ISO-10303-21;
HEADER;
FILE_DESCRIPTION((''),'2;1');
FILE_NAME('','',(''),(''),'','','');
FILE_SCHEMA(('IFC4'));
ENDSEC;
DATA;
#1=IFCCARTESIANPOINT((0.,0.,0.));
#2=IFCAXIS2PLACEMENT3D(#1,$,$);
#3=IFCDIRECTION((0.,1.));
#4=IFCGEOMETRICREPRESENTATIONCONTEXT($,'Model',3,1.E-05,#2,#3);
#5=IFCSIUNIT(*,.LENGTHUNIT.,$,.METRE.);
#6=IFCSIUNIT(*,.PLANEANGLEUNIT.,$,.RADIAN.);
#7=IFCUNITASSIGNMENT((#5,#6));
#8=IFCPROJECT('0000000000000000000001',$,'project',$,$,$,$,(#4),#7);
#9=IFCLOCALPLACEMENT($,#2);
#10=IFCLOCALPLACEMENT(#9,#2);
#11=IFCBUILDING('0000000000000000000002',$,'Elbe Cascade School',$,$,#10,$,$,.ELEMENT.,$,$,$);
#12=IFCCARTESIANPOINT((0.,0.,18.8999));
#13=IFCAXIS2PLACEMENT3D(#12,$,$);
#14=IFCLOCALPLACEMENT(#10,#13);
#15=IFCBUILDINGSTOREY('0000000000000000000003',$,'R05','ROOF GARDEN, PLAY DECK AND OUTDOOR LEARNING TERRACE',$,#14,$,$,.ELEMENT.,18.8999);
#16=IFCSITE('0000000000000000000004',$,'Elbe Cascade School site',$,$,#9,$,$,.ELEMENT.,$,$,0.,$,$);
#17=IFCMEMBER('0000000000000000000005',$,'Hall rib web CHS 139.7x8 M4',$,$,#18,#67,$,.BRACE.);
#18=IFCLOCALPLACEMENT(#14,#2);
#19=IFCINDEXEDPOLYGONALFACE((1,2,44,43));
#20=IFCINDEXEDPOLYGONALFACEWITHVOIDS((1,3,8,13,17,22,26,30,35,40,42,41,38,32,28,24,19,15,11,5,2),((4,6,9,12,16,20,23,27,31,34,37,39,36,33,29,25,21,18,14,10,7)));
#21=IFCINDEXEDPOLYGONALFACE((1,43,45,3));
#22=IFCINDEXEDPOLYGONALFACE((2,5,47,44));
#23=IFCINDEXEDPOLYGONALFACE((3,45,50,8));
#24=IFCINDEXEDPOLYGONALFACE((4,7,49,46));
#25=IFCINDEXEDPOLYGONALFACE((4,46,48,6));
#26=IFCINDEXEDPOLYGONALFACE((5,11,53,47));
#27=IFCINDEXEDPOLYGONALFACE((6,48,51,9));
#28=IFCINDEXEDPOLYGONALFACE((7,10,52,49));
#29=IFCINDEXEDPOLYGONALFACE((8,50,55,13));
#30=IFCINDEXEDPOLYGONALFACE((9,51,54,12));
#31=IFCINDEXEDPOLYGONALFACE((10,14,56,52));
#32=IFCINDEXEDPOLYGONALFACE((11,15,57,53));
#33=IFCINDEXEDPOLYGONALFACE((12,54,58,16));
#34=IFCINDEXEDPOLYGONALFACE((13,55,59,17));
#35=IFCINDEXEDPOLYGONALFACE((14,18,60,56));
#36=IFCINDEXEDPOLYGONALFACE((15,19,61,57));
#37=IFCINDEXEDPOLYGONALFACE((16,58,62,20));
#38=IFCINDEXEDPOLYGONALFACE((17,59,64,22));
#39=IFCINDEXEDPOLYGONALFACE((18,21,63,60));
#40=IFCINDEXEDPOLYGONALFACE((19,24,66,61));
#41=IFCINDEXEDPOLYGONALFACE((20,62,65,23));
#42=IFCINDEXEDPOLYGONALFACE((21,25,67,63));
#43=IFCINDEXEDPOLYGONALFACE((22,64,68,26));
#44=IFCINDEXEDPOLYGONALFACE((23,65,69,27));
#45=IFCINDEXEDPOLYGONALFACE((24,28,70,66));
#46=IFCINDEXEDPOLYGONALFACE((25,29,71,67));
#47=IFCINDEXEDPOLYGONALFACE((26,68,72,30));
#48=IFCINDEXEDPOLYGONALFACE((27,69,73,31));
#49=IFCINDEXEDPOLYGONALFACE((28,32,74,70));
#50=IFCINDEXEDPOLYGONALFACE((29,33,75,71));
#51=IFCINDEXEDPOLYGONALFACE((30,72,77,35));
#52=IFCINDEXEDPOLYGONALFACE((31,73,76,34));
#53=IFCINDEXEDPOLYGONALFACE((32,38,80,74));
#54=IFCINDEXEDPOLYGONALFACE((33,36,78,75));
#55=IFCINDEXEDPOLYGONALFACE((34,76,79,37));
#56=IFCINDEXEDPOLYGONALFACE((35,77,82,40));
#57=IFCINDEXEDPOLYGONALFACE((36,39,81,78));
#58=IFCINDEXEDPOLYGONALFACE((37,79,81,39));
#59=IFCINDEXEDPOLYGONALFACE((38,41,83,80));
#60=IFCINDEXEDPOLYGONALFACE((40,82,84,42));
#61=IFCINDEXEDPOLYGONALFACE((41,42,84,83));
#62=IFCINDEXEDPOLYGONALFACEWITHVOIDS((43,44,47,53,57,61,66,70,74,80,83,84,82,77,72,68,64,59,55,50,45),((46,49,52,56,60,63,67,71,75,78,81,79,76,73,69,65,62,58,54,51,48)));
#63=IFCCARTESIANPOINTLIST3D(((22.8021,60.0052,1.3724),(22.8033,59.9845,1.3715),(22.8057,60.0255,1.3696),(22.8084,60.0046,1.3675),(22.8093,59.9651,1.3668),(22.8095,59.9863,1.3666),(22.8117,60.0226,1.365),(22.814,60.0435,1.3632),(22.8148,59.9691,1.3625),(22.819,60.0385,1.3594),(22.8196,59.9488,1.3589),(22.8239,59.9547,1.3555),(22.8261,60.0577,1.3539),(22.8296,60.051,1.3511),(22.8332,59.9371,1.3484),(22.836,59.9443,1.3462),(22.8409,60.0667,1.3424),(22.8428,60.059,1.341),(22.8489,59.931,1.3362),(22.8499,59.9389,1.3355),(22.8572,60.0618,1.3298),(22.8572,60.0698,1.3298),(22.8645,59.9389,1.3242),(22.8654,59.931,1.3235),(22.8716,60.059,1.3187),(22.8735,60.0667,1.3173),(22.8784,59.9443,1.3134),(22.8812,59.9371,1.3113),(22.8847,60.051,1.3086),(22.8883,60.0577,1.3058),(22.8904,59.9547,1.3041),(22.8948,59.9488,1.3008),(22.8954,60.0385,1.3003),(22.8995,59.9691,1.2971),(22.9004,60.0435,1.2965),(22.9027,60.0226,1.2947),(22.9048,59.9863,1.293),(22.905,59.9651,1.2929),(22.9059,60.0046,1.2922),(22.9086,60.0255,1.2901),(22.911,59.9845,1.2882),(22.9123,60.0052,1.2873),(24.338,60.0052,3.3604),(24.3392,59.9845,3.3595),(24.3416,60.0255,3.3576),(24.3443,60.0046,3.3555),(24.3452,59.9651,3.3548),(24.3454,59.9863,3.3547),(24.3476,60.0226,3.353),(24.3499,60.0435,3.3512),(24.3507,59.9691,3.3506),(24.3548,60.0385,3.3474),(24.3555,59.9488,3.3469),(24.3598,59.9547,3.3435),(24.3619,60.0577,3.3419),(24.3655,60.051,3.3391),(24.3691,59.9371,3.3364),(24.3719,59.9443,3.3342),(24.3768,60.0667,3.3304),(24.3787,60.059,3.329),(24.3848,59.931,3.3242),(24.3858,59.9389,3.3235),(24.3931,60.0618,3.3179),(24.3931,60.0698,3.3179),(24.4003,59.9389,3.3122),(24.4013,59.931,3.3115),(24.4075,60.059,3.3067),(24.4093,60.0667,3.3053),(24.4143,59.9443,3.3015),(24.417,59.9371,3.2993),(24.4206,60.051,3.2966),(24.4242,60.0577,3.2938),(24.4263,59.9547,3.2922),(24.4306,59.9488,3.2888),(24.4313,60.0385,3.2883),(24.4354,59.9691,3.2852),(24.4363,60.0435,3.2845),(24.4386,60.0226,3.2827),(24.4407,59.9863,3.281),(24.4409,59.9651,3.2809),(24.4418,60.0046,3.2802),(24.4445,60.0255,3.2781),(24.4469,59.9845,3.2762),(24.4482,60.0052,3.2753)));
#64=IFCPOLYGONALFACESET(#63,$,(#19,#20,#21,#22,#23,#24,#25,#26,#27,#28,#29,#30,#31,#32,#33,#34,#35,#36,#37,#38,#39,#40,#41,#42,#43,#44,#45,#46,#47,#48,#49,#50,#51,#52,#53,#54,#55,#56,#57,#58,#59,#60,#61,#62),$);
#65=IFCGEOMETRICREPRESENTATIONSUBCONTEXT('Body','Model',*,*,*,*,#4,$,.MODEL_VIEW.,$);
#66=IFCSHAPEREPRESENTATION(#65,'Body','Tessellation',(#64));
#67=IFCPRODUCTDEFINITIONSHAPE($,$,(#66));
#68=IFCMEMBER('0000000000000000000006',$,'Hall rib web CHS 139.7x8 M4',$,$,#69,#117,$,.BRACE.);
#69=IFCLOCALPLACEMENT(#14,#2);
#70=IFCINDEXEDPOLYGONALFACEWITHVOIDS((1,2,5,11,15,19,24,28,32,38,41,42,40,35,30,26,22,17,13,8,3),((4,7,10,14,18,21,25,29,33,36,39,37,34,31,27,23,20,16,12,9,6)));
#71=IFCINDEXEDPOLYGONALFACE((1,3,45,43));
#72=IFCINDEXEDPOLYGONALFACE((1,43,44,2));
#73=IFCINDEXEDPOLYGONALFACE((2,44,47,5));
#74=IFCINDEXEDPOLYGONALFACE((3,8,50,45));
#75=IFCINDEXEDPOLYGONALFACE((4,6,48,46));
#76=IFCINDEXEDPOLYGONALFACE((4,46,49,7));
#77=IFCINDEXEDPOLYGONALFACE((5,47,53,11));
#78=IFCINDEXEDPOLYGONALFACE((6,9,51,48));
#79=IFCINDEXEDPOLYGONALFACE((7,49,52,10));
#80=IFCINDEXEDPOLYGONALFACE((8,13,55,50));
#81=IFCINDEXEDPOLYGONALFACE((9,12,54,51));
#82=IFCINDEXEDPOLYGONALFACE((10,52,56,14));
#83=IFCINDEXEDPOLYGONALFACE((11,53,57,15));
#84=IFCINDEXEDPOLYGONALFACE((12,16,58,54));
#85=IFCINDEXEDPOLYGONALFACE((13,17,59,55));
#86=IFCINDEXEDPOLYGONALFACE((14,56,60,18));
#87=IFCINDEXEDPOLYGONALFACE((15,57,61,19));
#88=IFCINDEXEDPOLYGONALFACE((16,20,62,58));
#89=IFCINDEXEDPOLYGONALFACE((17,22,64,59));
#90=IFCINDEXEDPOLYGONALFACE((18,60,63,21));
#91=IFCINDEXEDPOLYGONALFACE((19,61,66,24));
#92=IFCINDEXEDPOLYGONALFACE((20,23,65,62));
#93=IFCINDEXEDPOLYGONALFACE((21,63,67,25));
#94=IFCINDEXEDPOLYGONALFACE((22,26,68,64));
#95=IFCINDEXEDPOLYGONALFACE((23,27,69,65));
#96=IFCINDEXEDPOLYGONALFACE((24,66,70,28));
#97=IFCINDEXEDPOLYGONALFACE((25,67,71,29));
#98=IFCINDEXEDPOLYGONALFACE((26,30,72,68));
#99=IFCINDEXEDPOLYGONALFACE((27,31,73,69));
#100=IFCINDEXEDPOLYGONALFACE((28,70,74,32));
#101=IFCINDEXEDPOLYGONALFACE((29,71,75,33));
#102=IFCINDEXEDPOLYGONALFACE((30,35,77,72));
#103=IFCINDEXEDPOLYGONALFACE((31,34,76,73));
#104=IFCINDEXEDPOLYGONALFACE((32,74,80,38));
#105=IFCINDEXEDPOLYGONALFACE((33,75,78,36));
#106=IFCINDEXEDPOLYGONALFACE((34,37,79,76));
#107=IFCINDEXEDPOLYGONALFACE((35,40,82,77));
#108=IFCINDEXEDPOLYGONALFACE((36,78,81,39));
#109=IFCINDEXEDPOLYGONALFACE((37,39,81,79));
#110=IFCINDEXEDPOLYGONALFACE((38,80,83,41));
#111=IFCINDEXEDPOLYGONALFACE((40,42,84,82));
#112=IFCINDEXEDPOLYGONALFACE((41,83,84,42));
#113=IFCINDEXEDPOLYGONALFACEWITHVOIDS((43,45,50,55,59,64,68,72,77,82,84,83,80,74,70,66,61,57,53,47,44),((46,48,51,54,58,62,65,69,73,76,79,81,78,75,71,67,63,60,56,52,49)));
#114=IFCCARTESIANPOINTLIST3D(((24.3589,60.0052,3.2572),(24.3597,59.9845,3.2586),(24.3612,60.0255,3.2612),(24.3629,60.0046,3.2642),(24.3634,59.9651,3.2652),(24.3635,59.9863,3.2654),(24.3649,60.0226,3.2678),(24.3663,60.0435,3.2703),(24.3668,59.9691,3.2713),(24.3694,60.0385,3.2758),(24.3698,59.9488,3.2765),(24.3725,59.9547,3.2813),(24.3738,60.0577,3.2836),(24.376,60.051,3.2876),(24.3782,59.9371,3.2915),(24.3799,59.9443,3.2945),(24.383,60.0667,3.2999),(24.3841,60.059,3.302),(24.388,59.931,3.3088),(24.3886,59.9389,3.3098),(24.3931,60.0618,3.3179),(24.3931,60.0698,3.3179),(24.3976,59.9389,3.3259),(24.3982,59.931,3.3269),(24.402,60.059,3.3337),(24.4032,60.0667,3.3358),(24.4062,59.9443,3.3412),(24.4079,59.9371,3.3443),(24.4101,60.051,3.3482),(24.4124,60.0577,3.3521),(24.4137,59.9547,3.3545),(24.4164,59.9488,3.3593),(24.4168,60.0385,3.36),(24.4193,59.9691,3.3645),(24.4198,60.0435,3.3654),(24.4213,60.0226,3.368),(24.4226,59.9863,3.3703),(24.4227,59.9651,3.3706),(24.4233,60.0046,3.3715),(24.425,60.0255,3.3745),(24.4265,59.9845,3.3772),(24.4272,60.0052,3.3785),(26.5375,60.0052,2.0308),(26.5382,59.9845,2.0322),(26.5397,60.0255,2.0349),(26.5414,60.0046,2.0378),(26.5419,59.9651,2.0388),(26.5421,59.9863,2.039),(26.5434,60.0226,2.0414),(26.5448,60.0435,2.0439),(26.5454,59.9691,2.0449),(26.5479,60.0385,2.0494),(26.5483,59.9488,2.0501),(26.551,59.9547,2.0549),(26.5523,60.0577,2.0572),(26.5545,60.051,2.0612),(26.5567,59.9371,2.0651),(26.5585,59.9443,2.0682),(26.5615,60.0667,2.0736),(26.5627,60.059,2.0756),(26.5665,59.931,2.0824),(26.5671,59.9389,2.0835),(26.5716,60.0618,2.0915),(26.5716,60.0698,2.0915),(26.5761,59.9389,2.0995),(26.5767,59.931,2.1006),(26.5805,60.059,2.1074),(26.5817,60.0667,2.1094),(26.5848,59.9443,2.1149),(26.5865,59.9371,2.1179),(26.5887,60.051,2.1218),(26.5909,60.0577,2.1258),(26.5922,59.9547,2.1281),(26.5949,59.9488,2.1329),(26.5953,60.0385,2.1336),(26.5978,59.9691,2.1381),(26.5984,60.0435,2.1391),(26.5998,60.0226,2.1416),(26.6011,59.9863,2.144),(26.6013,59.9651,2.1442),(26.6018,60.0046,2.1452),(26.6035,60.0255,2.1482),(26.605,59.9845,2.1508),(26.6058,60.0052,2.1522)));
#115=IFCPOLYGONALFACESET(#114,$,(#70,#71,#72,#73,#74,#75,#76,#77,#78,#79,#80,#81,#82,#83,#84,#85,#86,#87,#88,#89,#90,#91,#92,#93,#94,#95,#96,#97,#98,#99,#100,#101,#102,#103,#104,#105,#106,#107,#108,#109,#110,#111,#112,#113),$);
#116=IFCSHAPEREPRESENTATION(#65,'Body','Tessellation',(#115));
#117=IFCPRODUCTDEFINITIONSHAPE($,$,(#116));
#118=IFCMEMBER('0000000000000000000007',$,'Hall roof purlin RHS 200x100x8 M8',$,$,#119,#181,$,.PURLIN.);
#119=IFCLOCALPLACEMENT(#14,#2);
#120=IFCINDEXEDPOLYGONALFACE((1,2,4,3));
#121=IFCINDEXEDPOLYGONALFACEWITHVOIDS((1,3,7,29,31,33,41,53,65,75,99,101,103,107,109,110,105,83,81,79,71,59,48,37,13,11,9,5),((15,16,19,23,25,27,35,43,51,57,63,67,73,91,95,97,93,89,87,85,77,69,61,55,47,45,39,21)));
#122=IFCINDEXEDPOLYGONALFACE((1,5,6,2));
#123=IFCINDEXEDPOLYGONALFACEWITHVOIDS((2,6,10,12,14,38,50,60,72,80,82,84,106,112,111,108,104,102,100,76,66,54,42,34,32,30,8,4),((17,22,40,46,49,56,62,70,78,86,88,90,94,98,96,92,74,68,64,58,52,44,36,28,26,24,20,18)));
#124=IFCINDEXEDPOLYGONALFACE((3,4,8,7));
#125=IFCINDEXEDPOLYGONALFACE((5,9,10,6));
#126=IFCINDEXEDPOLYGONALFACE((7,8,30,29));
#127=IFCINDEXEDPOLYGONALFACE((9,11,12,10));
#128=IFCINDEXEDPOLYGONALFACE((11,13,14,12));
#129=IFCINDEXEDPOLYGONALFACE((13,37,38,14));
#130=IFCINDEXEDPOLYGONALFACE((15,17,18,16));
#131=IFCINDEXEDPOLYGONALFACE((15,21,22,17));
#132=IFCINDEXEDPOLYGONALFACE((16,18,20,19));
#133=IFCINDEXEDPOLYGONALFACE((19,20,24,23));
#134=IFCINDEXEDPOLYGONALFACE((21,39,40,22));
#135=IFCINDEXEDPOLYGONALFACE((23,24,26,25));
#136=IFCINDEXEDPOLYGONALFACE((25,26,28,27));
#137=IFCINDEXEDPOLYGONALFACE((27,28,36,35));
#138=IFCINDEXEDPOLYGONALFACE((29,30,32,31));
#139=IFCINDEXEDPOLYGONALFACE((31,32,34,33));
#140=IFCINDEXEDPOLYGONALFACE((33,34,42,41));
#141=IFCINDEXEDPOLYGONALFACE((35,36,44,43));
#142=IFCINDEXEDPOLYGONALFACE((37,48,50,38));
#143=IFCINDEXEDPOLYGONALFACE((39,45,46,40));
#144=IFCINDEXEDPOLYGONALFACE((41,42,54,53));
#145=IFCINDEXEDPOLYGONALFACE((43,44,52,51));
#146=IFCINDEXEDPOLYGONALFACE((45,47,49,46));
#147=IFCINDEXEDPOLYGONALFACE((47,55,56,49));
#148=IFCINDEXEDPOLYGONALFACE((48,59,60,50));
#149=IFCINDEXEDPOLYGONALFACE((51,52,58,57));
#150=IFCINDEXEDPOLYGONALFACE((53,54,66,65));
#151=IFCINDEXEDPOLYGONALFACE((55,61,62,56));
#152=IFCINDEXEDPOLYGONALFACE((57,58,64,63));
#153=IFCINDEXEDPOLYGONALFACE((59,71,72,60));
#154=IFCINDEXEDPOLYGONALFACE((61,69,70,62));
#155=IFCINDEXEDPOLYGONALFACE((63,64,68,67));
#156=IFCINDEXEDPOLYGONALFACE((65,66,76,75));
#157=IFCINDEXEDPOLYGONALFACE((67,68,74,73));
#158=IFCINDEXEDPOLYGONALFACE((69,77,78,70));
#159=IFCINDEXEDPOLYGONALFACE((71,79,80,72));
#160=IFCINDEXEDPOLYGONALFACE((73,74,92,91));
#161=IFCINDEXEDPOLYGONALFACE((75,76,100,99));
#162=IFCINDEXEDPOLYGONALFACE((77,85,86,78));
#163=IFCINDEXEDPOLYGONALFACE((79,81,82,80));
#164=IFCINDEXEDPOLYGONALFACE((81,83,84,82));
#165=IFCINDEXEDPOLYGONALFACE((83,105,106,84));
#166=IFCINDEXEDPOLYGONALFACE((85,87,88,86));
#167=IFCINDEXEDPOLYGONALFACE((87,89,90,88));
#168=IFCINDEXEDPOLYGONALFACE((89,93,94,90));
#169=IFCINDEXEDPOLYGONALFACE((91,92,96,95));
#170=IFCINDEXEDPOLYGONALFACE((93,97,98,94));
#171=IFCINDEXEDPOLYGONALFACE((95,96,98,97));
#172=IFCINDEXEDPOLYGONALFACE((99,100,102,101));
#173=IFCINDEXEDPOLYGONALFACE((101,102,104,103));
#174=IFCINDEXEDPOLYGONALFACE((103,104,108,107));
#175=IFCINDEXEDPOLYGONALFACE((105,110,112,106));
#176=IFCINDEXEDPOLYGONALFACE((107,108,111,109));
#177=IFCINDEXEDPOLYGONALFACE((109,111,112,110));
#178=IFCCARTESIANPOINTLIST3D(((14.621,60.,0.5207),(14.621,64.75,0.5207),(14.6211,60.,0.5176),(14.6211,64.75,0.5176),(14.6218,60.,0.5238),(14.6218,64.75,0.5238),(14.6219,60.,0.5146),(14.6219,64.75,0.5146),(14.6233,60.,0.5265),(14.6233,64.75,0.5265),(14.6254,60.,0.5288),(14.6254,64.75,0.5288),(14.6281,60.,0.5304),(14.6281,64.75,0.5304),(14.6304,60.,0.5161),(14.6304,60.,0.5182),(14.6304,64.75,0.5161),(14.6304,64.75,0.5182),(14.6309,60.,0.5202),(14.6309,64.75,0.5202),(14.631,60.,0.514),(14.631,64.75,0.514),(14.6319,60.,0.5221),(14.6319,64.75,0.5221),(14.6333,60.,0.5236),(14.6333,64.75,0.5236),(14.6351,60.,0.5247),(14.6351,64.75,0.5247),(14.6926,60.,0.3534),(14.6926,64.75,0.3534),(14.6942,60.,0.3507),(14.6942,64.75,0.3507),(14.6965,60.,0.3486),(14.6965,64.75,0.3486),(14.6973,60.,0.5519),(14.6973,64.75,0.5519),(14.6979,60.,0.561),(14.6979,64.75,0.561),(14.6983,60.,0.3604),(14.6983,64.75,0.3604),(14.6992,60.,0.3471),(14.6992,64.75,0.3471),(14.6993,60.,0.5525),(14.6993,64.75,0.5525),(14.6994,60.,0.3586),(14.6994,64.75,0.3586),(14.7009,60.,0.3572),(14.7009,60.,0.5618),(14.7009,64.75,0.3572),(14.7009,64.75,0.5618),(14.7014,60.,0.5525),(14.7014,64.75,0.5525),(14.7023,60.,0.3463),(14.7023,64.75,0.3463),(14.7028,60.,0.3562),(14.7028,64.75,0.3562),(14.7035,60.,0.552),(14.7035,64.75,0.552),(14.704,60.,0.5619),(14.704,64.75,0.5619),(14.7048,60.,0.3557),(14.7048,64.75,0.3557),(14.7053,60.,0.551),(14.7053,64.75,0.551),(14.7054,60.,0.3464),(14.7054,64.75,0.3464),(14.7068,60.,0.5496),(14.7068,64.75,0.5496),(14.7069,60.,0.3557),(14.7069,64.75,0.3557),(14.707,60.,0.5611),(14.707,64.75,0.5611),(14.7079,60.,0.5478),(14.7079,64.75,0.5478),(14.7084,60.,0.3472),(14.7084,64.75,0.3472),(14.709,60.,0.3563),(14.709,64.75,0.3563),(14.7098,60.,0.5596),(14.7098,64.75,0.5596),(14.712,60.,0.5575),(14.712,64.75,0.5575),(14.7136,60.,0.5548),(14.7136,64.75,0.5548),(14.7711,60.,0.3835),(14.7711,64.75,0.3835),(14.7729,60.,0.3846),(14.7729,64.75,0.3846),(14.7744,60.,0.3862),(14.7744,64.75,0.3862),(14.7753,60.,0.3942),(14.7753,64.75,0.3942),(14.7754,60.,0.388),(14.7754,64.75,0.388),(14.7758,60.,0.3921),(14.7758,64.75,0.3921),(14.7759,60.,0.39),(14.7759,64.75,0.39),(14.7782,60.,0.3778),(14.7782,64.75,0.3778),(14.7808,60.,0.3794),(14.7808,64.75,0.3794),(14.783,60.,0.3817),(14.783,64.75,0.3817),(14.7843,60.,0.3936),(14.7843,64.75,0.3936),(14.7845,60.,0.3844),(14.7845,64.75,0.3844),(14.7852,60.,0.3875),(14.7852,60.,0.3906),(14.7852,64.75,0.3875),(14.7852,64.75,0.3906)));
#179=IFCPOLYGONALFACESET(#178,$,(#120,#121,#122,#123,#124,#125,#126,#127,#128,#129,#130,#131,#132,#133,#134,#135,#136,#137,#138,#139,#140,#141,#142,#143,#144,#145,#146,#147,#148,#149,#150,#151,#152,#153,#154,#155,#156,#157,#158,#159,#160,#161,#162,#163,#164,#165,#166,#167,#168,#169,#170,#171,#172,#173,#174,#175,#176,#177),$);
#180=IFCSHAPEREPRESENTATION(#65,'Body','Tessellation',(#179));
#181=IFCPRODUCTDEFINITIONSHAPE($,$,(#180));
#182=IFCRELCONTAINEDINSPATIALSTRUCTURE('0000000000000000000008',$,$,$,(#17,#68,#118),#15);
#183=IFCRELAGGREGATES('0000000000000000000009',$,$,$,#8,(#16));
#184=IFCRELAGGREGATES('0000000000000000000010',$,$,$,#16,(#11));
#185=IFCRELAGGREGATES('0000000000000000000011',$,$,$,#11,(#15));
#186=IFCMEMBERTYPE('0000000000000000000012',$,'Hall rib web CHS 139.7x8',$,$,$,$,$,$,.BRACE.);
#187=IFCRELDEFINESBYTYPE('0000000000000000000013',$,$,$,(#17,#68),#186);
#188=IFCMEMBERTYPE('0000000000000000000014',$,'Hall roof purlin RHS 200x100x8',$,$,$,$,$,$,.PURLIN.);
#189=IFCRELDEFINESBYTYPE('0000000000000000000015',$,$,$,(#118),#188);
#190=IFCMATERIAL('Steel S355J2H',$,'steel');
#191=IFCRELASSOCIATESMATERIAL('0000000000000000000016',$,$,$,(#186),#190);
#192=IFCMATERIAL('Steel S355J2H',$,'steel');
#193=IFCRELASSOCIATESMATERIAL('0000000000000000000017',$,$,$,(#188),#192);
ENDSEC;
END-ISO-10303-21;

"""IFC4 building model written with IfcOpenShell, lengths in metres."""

from ifc_helpers import new_model, si_unit, direction, frame, origin, origin_2d, place, context, subcontext, project, spatial, hollow_rectangle, hollow_circle, extrude, material, material_profile, profile_set, type_object, element, save


model = new_model("IFC4")

# Units and contexts
model_context = context("Model", 3, precision=1e-05, world=origin(), true_north=direction((0.0, 1.0)))
body_context = subcontext(model_context, "Body", "Model", "MODEL_VIEW")
ifc_project = project(units=[si_unit("LENGTHUNIT", "METRE"), si_unit("PLANEANGLEUNIT", "RADIAN")], contexts=[model_context])

# Site, building, storey
site_placement = place(None, origin())
site = spatial("IfcSite", under=ifc_project, at=site_placement, Name="Elbe Cascade School site", CompositionType="ELEMENT", RefElevation=0.0)
building_placement = place(site_placement, origin())
building = spatial("IfcBuilding", under=site, at=building_placement, Name="Elbe Cascade School", CompositionType="ELEMENT")
storey_placement = place(building_placement, frame((0.0, 0.0, 18.8999)))
storey = spatial("IfcBuildingStorey", under=building, at=storey_placement, Name="R05", Description="ROOF GARDEN, PLAY DECK AND OUTDOOR LEARNING TERRACE", CompositionType="ELEMENT", Elevation=18.8999)

# Members
ifc_material_1 = material(Name="Steel S355J2H", Category="steel")
ifc_material_profile_1 = material_profile(ifc_material_1, hollow_circle(Radius=0.0698, WallThickness=0.0081, at=origin_2d()), Name="CHS 139.7x8")
ifc_profile_set_1 = profile_set([ifc_material_profile_1], Name="Steel S355J2H")
member_type_1 = type_object("IfcMemberType", Name="Hall rib web CHS 139.7x8", PredefinedType="BRACE", material=ifc_profile_set_1)
member_1_placement = place(storey_placement, frame((22.8572, 60.0, 1.3298), z_axis=(0.611367, 0.0, 0.791347), x_axis=(0.0, 1.0, 0.0)))
element("IfcMember", 1, at=member_1_placement, inside=storey, type_object=member_type_1, Name="Hall rib web CHS 139.7x8 M4", PredefinedType="BRACE", context=body_context, shape_type="SweptSolid", body=[
    extrude(hollow_circle(Radius=0.0698, WallThickness=0.0081, at=origin_2d()), origin(), (0.0, 0.0, 1.0), 2.5122),
])
member_2_placement = place(storey_placement, frame((24.3931, 60.0, 3.3179), z_axis=(0.871416, 0.0, -0.490544), x_axis=(0.0, 1.0, 0.0)))
element("IfcMember", 2, at=member_2_placement, inside=storey, type_object=member_type_1, Name="Hall rib web CHS 139.7x8 M4", PredefinedType="BRACE", context=body_context, shape_type="SweptSolid", body=[
    extrude(hollow_circle(Radius=0.0698, WallThickness=0.0081, at=origin_2d()), origin(), (0.0, 0.0, 1.0), 2.5),
])
ifc_material_2 = material(Name="Steel S355J2H", Category="steel")
ifc_material_profile_2 = material_profile(ifc_material_2, hollow_rectangle(XDim=0.1001, YDim=0.2, WallThickness=0.0081, InnerFilletRadius=0.0081, OuterFilletRadius=0.012, at=origin_2d()), Name="RHS 200x100x8")
ifc_profile_set_2 = profile_set([ifc_material_profile_2], Name="Steel S355J2H")
member_type_2 = type_object("IfcMemberType", Name="Hall roof purlin RHS 200x100x8", PredefinedType="PURLIN", material=ifc_profile_set_2)
for number, where, z_axis, x_axis, name in (
    (3, (14.7031, 60.0, 0.4541), (0.0, 1.0, 0.0), (-0.91584, 0.0, -0.401544), "Hall roof purlin RHS 200x100x8 M8"),
):
    element("IfcMember", number, at=place(storey_placement, frame(where, z_axis=z_axis, x_axis=x_axis)), inside=storey, type_object=member_type_2, Name=name, PredefinedType="PURLIN", context=body_context, shape_type="SweptSolid", body=[
        extrude(hollow_rectangle(XDim=0.1001, YDim=0.2, WallThickness=0.0081, InnerFilletRadius=0.0081, OuterFilletRadius=0.012, at=origin_2d()), origin(), (0.0, 0.0, 1.0), 4.75),
    ])

save(model, "model.ifc")
